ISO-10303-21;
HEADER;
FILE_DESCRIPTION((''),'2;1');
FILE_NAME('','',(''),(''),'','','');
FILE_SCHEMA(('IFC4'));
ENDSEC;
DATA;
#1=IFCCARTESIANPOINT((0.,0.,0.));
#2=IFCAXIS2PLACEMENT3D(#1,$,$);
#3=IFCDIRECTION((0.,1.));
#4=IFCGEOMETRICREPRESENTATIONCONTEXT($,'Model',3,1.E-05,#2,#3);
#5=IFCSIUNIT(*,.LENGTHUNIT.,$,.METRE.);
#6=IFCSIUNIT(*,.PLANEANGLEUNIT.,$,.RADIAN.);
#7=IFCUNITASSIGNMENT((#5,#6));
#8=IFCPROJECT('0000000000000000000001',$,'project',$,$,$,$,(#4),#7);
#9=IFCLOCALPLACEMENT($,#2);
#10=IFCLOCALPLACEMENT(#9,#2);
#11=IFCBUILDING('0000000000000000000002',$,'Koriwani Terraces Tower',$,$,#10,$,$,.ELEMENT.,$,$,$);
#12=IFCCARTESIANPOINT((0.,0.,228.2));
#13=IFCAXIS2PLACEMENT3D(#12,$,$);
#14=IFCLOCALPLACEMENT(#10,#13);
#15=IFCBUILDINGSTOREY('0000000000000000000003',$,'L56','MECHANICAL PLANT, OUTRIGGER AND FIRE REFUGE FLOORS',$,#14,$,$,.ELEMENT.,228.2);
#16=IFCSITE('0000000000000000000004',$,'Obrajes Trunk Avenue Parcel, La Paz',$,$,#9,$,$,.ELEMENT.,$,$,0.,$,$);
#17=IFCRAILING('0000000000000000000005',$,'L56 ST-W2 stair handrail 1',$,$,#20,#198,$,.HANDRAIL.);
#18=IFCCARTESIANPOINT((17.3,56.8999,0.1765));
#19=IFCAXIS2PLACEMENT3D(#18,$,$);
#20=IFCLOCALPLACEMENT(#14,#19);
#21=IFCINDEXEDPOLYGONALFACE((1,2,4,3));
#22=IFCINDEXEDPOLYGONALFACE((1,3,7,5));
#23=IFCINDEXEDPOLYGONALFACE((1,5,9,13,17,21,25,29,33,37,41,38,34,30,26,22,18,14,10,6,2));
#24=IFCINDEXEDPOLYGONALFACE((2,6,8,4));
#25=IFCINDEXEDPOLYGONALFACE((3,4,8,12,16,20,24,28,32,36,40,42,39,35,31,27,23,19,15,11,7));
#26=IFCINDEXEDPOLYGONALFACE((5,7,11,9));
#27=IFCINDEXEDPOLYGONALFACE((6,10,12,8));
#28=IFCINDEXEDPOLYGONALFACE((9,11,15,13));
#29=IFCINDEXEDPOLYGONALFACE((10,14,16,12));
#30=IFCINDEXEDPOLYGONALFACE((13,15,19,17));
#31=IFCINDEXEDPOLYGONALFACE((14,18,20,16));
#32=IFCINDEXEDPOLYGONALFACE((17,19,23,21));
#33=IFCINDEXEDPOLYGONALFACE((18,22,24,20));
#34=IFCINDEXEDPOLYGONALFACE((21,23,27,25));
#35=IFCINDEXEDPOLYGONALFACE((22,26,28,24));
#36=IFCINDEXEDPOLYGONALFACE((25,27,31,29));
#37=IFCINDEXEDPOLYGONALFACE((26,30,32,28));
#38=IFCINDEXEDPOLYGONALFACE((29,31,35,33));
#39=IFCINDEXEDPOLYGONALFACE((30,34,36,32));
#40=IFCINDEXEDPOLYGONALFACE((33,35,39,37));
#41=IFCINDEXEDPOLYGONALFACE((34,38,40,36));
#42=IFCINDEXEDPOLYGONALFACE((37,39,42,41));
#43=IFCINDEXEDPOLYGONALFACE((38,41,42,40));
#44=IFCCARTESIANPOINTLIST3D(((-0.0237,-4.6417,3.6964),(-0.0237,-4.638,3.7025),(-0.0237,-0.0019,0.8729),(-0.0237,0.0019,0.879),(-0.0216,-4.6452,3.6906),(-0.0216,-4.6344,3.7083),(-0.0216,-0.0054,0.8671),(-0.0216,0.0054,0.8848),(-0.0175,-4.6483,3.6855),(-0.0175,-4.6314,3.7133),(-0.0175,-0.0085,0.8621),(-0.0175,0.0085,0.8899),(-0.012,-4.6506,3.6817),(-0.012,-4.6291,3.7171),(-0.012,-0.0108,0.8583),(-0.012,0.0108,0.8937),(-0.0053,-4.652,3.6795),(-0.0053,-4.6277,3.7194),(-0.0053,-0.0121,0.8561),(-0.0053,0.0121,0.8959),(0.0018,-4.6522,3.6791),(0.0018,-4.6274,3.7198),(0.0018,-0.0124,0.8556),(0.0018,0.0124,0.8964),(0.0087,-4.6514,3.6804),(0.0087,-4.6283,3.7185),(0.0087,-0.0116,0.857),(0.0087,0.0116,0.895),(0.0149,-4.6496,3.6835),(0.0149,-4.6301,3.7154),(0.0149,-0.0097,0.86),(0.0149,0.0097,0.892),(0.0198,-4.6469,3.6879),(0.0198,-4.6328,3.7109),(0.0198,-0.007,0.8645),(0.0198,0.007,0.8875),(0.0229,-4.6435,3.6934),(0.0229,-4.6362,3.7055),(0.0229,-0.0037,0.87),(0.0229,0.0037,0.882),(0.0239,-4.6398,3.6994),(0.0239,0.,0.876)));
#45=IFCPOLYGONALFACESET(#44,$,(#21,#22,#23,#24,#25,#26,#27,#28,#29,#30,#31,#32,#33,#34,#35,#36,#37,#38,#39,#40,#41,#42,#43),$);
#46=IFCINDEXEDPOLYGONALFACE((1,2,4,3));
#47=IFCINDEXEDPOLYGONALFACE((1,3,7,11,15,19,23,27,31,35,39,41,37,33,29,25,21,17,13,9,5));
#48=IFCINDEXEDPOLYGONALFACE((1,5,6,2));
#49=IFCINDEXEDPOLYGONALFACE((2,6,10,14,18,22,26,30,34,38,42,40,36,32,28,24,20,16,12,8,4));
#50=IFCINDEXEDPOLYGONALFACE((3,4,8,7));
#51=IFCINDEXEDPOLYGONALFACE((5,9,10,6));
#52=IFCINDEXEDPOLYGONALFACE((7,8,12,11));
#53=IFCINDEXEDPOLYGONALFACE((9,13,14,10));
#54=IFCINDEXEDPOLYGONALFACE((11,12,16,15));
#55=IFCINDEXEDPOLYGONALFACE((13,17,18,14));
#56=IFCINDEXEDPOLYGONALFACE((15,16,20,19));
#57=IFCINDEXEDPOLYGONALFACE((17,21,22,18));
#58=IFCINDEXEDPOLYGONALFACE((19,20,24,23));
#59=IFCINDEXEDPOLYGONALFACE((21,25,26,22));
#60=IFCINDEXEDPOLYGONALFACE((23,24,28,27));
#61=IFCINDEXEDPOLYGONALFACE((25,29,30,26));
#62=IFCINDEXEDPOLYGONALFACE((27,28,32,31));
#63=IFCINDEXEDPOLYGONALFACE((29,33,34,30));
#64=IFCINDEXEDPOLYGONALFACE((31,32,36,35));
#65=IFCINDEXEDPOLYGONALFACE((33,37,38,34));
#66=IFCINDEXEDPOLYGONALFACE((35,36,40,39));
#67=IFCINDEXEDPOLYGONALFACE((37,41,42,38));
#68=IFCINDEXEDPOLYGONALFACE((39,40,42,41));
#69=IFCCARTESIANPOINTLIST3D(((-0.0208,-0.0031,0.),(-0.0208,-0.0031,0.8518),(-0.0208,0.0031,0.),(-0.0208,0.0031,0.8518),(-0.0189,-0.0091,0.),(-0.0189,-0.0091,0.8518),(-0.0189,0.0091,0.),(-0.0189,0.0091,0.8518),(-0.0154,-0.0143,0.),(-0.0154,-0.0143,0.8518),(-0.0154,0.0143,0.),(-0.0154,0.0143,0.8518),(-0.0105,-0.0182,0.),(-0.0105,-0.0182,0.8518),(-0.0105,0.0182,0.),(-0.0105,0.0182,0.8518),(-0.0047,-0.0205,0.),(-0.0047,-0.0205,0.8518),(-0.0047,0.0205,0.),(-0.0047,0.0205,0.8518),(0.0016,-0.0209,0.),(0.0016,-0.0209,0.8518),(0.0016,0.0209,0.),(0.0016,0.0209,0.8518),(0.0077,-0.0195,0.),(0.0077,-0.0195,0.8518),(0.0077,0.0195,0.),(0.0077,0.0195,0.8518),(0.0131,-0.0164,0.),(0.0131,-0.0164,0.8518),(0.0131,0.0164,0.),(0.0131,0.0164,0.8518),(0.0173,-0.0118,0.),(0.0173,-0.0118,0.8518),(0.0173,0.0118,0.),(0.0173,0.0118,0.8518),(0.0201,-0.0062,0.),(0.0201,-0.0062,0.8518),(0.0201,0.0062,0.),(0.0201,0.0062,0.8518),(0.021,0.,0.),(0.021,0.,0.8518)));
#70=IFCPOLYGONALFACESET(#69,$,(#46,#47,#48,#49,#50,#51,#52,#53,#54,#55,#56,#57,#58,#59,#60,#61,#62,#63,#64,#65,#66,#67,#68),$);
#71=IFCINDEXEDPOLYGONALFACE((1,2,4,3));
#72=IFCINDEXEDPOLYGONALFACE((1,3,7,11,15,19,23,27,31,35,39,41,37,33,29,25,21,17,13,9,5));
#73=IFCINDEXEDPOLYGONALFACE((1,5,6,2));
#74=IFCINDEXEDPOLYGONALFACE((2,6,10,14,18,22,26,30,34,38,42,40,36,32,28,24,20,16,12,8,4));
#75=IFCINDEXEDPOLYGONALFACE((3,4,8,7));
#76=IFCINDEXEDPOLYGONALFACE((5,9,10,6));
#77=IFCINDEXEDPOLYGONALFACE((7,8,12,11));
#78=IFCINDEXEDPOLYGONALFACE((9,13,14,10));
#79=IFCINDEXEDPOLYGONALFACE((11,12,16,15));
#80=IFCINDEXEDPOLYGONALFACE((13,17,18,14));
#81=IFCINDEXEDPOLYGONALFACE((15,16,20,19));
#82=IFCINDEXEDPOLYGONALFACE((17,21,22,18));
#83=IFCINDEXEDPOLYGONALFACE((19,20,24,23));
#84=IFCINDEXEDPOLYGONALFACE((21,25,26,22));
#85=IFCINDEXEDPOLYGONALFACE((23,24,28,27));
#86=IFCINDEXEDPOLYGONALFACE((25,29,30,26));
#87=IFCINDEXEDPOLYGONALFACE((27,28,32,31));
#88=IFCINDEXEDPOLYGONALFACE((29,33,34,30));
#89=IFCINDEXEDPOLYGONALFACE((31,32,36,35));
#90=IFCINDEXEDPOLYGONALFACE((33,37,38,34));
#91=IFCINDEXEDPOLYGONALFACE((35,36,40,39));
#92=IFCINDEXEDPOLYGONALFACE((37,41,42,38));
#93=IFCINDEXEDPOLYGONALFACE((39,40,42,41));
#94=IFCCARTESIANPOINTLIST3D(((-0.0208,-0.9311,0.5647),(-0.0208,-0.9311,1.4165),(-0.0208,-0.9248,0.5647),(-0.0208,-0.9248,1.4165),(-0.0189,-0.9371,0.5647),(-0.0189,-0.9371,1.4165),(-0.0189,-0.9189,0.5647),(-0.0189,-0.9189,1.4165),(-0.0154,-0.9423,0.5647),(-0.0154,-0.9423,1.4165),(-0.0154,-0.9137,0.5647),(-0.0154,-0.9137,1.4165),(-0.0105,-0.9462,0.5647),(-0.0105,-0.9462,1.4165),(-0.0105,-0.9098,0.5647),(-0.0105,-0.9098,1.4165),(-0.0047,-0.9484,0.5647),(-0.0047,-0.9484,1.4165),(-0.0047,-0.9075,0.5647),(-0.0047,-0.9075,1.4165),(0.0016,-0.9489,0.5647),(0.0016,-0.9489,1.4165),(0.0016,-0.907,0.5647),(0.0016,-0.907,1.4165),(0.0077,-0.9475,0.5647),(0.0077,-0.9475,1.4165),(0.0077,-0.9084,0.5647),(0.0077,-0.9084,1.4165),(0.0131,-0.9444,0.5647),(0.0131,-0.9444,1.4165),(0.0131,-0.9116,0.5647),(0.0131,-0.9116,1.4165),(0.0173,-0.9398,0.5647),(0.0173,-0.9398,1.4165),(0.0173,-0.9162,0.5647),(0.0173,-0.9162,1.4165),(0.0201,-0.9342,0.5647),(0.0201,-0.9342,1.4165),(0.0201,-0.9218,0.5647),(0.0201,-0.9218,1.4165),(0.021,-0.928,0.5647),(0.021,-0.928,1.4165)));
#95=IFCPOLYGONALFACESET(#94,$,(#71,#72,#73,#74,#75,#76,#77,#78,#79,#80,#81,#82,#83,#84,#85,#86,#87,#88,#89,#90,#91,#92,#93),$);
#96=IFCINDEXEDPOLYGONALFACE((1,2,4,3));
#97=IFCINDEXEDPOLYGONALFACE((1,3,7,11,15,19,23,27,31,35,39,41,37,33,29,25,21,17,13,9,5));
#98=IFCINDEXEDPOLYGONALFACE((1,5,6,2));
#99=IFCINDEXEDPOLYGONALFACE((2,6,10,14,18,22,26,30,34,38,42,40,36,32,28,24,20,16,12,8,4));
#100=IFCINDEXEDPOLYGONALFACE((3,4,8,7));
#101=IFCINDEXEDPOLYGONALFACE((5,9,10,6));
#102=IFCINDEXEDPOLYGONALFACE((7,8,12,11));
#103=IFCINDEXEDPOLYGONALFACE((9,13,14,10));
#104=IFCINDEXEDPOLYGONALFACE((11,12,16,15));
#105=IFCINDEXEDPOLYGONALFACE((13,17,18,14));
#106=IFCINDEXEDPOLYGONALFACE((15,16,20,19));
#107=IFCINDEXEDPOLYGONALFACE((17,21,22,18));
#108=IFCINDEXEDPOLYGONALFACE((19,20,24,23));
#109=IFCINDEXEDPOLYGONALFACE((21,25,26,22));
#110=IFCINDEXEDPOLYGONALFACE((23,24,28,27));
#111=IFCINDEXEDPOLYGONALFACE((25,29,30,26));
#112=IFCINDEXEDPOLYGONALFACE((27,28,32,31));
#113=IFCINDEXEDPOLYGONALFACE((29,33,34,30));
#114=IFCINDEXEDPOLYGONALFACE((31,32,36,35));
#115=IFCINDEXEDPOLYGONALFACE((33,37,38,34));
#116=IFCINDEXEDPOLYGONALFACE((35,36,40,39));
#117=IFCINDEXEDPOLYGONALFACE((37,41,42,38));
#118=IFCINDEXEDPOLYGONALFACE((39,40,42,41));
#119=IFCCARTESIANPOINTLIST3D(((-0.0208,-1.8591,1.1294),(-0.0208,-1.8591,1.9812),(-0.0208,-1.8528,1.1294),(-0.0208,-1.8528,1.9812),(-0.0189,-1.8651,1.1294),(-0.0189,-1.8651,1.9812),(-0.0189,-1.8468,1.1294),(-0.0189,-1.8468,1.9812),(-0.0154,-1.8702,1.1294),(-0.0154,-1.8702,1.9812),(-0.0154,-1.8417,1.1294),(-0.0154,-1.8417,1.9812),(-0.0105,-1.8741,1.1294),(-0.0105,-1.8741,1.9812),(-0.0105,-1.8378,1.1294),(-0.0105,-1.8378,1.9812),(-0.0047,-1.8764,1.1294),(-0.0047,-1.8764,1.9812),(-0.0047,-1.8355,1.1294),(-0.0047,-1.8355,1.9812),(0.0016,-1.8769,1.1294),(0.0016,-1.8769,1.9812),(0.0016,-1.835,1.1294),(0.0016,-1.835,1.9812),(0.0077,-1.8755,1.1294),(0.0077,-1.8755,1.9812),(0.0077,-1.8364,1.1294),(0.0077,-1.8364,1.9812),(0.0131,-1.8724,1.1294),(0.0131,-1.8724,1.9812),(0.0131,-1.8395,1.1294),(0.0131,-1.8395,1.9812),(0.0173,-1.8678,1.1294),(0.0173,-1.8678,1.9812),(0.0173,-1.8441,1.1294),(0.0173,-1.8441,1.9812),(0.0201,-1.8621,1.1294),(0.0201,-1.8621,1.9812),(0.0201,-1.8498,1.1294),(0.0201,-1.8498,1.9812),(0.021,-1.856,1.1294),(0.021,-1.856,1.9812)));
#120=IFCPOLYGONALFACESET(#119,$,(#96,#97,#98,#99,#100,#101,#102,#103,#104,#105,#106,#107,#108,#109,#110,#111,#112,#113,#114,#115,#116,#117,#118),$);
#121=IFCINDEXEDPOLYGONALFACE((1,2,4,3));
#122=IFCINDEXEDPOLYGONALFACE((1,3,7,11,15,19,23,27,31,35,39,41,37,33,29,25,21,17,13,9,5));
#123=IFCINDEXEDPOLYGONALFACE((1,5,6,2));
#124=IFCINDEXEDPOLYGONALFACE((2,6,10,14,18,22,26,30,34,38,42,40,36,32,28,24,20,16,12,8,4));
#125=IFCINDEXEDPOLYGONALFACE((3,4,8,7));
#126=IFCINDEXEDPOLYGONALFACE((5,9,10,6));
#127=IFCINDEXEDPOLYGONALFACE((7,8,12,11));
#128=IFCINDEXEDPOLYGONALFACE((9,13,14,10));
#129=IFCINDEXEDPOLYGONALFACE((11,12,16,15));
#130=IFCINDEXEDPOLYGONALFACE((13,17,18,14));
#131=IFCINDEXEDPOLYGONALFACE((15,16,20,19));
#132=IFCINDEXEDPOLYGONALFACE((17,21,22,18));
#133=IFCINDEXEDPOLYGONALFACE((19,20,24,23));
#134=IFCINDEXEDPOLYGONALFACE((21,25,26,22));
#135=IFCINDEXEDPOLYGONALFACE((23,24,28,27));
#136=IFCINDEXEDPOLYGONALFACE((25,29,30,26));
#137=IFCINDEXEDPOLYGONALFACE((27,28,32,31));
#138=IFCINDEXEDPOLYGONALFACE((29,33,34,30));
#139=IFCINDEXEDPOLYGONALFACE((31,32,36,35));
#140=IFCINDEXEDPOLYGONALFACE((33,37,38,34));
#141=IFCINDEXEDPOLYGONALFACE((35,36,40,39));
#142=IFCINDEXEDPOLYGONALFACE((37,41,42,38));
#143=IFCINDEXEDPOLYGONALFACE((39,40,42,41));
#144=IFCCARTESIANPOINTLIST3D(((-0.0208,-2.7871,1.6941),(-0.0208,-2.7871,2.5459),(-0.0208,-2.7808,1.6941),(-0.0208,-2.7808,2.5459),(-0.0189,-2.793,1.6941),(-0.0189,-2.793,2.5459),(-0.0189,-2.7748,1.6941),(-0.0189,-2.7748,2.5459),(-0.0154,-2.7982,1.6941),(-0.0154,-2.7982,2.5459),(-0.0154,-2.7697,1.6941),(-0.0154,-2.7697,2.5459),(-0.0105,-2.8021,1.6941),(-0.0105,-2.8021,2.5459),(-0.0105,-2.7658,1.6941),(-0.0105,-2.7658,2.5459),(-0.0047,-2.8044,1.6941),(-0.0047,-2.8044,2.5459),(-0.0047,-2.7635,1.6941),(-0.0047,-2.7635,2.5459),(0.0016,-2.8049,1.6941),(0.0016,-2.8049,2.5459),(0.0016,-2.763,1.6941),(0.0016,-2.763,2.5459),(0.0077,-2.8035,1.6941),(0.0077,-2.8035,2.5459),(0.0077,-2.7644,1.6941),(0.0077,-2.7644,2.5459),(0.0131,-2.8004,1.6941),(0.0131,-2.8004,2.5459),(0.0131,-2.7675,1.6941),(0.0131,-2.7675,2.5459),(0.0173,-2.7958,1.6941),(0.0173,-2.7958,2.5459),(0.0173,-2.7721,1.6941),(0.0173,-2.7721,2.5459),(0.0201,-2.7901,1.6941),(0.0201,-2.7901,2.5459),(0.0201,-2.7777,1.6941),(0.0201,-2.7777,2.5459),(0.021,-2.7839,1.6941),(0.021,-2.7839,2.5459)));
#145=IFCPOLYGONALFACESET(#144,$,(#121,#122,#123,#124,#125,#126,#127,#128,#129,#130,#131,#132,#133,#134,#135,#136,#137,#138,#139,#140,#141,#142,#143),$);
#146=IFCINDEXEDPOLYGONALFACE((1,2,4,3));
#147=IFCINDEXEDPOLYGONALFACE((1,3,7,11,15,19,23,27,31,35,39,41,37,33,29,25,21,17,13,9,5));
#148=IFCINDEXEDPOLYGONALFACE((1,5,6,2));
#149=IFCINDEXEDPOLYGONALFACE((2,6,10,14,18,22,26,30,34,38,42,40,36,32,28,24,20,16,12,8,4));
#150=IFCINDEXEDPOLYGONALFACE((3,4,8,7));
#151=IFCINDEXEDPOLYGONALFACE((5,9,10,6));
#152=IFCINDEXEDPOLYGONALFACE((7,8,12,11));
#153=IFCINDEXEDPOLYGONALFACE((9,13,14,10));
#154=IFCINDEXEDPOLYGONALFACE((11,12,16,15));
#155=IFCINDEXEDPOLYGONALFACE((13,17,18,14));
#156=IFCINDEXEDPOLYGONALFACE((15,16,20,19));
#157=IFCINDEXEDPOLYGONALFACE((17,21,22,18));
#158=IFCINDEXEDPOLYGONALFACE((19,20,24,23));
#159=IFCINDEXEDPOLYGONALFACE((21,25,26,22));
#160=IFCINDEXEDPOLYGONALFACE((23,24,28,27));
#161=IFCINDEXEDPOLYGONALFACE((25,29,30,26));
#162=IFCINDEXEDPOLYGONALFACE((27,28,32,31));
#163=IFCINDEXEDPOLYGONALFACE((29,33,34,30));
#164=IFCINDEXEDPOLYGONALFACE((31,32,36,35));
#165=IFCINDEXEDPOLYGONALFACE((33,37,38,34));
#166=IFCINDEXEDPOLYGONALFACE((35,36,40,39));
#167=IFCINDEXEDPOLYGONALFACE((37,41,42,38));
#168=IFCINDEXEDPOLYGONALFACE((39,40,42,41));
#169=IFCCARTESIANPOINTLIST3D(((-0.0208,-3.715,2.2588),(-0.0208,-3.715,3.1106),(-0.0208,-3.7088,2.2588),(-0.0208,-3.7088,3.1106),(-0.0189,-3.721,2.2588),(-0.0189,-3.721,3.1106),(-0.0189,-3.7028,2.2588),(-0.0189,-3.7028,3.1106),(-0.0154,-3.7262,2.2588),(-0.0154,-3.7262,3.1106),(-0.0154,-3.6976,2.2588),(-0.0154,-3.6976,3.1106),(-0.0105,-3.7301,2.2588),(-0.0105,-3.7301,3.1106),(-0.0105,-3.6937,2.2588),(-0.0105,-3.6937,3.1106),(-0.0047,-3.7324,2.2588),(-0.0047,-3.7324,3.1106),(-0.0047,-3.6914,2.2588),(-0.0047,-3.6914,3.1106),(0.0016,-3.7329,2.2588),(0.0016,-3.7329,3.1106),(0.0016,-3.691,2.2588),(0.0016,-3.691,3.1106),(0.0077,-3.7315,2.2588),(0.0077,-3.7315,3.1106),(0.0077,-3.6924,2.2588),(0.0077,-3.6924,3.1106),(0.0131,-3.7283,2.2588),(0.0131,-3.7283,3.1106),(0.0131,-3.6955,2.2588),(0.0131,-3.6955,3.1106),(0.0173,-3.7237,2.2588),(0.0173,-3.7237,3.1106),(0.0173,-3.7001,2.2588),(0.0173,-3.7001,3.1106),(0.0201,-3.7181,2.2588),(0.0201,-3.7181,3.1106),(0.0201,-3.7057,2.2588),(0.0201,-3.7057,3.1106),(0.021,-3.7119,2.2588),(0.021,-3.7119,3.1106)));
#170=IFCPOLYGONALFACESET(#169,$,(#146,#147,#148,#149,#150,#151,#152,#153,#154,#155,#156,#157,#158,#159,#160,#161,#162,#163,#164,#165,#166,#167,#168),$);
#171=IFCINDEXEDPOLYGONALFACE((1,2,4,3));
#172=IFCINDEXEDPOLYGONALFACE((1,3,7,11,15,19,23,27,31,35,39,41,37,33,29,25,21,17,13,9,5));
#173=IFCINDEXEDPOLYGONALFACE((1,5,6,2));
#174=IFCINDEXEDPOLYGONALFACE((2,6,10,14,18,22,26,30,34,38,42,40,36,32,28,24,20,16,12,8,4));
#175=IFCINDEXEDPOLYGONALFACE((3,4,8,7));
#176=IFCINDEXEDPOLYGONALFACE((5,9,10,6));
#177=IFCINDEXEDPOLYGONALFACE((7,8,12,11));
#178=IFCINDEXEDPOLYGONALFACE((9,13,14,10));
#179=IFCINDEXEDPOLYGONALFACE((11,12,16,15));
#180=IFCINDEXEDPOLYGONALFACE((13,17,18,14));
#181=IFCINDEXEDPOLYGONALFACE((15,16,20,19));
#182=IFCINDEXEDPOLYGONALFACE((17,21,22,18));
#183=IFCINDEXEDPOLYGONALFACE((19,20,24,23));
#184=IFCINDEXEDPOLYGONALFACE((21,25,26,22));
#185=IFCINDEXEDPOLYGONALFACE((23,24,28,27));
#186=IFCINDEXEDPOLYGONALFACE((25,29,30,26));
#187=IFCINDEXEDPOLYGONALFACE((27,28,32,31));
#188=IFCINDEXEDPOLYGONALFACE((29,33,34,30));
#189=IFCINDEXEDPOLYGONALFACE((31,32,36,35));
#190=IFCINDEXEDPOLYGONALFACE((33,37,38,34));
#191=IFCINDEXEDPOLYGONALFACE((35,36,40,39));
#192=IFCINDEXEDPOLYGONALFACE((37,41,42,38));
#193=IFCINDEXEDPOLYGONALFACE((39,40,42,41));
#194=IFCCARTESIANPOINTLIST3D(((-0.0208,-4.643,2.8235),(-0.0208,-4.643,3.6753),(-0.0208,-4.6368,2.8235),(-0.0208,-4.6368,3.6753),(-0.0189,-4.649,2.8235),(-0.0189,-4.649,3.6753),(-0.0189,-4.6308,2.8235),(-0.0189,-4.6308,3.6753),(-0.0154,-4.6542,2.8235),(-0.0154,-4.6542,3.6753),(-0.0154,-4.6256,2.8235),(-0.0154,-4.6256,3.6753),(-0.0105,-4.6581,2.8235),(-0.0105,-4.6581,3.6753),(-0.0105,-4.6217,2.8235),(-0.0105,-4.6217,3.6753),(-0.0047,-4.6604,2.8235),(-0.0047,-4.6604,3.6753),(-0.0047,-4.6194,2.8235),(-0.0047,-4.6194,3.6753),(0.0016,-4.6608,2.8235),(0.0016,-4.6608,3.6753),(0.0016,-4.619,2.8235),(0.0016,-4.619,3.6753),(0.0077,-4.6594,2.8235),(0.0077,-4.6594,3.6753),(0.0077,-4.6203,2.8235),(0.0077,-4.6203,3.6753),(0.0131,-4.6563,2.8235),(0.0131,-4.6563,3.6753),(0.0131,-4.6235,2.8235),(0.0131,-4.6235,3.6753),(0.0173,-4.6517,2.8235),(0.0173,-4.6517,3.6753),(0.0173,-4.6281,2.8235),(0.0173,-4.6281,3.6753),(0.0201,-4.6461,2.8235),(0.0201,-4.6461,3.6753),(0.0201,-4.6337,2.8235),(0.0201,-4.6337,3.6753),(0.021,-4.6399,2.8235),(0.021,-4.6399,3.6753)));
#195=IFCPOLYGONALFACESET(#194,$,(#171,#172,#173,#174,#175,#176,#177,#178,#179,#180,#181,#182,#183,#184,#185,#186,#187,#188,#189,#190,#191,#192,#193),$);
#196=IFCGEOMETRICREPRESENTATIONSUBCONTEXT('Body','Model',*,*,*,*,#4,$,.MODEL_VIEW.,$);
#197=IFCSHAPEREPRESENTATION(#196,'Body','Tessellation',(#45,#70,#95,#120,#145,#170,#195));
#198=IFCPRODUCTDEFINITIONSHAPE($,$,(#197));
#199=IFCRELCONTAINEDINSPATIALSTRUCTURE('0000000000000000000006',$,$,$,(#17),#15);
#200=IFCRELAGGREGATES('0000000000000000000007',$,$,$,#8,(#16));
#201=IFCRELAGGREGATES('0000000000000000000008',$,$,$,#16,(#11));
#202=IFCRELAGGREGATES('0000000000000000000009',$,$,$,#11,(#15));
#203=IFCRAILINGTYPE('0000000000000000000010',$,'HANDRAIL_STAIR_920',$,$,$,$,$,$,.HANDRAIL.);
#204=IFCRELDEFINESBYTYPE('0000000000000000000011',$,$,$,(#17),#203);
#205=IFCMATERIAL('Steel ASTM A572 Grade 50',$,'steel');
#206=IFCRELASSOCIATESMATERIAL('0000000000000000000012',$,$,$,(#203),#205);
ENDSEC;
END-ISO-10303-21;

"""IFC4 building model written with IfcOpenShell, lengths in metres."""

from ifc_helpers import new_model, si_unit, direction, frame, origin, origin_2d, place, context, subcontext, project, spatial, circle, extrude, material, type_object, element, save


model = new_model("IFC4")

# Units and contexts
model_context = context("Model", 3, precision=1e-05, world=origin(), true_north=direction((0.0, 1.0)))
body_context = subcontext(model_context, "Body", "Model", "MODEL_VIEW")
ifc_project = project(units=[si_unit("LENGTHUNIT", "METRE"), si_unit("PLANEANGLEUNIT", "RADIAN")], contexts=[model_context])

# Site, building, storey
site_placement = place(None, origin())
site = spatial("IfcSite", under=ifc_project, at=site_placement, Name="Obrajes Trunk Avenue Parcel, La Paz", CompositionType="ELEMENT", RefElevation=0.0)
building_placement = place(site_placement, origin())
building = spatial("IfcBuilding", under=site, at=building_placement, Name="Koriwani Terraces Tower", CompositionType="ELEMENT")
storey_placement = place(building_placement, frame((0.0, 0.0, 228.2)))
storey = spatial("IfcBuildingStorey", under=building, at=storey_placement, Name="L56", Description="MECHANICAL PLANT, OUTRIGGER AND FIRE REFUGE FLOORS", CompositionType="ELEMENT", Elevation=228.2)

# Shared definitions
ifc_material_1 = material(Name="Steel ASTM A572 Grade 50", Category="steel")

# Railing
railing_type_1 = type_object("IfcRailingType", Name="HANDRAIL_STAIR_920", PredefinedType="HANDRAIL", material=ifc_material_1)
railing_1_placement = place(storey_placement, frame((17.3, 56.8999, 0.1765)))
element("IfcRailing", 1, at=railing_1_placement, inside=storey, type_object=railing_type_1, Name="L56 ST-W2 stair handrail 1", PredefinedType="HANDRAIL", context=body_context, shape_type="SweptSolid", body=[
    extrude(circle(Radius=0.0239, at=origin_2d()), frame((0.0, 0.0, 0.876), z_axis=(0.0, -0.854264, 0.51984), x_axis=(1.0, 0.0, 0.0)), (0.0, 0.0, 1.0), 5.4314),
    extrude(circle(Radius=0.021, at=origin_2d()), origin(), (0.0, 0.0, 1.0), 0.8518),
    extrude(circle(Radius=0.021, at=origin_2d()), frame((0.0, -0.928, 0.5647)), (0.0, 0.0, 1.0), 0.8518),
    extrude(circle(Radius=0.021, at=origin_2d()), frame((0.0, -1.856, 1.1294)), (0.0, 0.0, 1.0), 0.8518),
    extrude(circle(Radius=0.021, at=origin_2d()), frame((0.0, -2.7839, 1.6941)), (0.0, 0.0, 1.0), 0.8518),
    extrude(circle(Radius=0.021, at=origin_2d()), frame((0.0, -3.7119, 2.2588)), (0.0, 0.0, 1.0), 0.8518),
    extrude(circle(Radius=0.021, at=origin_2d()), frame((0.0, -4.6399, 2.8235)), (0.0, 0.0, 1.0), 0.8518),
])

save(model, "model.ifc")
